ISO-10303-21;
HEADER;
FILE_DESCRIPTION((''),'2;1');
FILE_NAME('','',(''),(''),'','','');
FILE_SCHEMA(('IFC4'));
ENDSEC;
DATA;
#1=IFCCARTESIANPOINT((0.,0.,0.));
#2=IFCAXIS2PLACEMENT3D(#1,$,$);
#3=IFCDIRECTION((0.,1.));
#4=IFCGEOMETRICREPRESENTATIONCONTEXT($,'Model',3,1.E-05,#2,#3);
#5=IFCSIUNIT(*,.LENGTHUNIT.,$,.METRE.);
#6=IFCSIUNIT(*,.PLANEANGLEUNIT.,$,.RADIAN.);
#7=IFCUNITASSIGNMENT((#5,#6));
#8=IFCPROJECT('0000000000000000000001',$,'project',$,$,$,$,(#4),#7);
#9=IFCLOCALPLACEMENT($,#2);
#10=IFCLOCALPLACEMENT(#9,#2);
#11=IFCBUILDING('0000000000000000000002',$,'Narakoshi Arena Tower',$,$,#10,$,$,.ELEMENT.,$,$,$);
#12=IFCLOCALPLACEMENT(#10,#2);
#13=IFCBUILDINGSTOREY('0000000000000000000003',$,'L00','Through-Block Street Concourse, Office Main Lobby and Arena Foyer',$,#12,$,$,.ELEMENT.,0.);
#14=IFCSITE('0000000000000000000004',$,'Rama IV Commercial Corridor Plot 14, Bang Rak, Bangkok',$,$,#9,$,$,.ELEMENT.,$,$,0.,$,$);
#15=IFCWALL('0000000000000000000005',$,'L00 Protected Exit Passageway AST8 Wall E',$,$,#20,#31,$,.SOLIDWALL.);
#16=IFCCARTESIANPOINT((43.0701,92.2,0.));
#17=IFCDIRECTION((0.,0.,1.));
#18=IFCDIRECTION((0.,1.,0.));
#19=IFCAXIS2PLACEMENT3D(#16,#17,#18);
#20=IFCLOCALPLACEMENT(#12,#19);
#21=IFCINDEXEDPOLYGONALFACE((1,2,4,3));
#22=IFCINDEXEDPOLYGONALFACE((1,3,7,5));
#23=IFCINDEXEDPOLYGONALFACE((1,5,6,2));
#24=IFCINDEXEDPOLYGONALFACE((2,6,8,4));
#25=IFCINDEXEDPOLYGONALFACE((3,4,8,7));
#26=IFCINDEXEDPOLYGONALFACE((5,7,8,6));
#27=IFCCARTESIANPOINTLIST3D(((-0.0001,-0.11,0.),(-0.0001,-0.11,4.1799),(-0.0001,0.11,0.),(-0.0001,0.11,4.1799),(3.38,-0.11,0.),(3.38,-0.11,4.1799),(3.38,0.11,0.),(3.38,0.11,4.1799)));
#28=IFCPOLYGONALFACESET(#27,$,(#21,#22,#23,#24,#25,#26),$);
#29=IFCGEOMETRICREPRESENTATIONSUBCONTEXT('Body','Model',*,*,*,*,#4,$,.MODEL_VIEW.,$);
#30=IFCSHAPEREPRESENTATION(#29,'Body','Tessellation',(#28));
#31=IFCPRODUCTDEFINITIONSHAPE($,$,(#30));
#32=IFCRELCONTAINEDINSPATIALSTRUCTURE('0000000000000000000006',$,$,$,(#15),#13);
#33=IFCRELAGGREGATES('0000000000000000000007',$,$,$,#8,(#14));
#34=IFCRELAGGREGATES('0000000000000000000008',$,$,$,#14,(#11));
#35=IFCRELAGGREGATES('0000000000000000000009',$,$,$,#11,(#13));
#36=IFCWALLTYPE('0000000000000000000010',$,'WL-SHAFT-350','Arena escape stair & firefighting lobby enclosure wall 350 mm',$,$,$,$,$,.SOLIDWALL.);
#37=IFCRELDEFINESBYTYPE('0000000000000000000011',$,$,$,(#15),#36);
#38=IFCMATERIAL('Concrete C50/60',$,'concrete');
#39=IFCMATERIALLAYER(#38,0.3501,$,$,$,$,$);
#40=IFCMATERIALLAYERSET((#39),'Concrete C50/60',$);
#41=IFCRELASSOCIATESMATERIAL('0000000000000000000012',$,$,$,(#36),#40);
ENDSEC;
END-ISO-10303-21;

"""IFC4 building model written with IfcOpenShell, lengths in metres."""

from ifc_helpers import new_model, si_unit, direction, frame, frame_2d, origin, place, context, subcontext, project, spatial, rectangle, extrude, material, layer, layer_set, type_object, element, save


model = new_model("IFC4")

# Units and contexts
model_context = context("Model", 3, precision=1e-05, world=origin(), true_north=direction((0.0, 1.0)))
body_context = subcontext(model_context, "Body", "Model", "MODEL_VIEW")
ifc_project = project(units=[si_unit("LENGTHUNIT", "METRE"), si_unit("PLANEANGLEUNIT", "RADIAN")], contexts=[model_context])

# Site, building, storey
site_placement = place(None, origin())
site = spatial("IfcSite", under=ifc_project, at=site_placement, Name="Rama IV Commercial Corridor Plot 14, Bang Rak, Bangkok", CompositionType="ELEMENT", RefElevation=0.0)
building_placement = place(site_placement, origin())
building = spatial("IfcBuilding", under=site, at=building_placement, Name="Narakoshi Arena Tower", CompositionType="ELEMENT")
storey_placement = place(building_placement, origin())
storey = spatial("IfcBuildingStorey", under=building, at=storey_placement, Name="L00", Description="Through-Block Street Concourse, Office Main Lobby and Arena Foyer", CompositionType="ELEMENT", Elevation=0.0)

# Wall
ifc_material_1 = material(Name="Concrete C50/60", Category="concrete")
ifc_layer_1 = layer(ifc_material_1, 0.3501)
ifc_layer_set_1 = layer_set([ifc_layer_1], Name="Concrete C50/60")
wall_type_1 = type_object("IfcWallType", Name="WL-SHAFT-350", Description="Arena escape stair & firefighting lobby enclosure wall 350 mm", PredefinedType="SOLIDWALL", material=ifc_layer_set_1)
wall_1_placement = place(storey_placement, frame((43.0701, 92.2, 0.0), z_axis=(0.0, 0.0, 1.0), x_axis=(0.0, 1.0, 0.0)))
element("IfcWall", 1, at=wall_1_placement, inside=storey, type_object=wall_type_1, Name="L00 Protected Exit Passageway AST8 Wall E", PredefinedType="SOLIDWALL", context=body_context, shape_type="SweptSolid", body=[
    extrude(rectangle(XDim=3.3801, YDim=0.22, at=frame_2d((1.6899, 0.0))), origin(), (0.0, 0.0, 1.0), 4.1799),
])

save(model, "model.ifc")
